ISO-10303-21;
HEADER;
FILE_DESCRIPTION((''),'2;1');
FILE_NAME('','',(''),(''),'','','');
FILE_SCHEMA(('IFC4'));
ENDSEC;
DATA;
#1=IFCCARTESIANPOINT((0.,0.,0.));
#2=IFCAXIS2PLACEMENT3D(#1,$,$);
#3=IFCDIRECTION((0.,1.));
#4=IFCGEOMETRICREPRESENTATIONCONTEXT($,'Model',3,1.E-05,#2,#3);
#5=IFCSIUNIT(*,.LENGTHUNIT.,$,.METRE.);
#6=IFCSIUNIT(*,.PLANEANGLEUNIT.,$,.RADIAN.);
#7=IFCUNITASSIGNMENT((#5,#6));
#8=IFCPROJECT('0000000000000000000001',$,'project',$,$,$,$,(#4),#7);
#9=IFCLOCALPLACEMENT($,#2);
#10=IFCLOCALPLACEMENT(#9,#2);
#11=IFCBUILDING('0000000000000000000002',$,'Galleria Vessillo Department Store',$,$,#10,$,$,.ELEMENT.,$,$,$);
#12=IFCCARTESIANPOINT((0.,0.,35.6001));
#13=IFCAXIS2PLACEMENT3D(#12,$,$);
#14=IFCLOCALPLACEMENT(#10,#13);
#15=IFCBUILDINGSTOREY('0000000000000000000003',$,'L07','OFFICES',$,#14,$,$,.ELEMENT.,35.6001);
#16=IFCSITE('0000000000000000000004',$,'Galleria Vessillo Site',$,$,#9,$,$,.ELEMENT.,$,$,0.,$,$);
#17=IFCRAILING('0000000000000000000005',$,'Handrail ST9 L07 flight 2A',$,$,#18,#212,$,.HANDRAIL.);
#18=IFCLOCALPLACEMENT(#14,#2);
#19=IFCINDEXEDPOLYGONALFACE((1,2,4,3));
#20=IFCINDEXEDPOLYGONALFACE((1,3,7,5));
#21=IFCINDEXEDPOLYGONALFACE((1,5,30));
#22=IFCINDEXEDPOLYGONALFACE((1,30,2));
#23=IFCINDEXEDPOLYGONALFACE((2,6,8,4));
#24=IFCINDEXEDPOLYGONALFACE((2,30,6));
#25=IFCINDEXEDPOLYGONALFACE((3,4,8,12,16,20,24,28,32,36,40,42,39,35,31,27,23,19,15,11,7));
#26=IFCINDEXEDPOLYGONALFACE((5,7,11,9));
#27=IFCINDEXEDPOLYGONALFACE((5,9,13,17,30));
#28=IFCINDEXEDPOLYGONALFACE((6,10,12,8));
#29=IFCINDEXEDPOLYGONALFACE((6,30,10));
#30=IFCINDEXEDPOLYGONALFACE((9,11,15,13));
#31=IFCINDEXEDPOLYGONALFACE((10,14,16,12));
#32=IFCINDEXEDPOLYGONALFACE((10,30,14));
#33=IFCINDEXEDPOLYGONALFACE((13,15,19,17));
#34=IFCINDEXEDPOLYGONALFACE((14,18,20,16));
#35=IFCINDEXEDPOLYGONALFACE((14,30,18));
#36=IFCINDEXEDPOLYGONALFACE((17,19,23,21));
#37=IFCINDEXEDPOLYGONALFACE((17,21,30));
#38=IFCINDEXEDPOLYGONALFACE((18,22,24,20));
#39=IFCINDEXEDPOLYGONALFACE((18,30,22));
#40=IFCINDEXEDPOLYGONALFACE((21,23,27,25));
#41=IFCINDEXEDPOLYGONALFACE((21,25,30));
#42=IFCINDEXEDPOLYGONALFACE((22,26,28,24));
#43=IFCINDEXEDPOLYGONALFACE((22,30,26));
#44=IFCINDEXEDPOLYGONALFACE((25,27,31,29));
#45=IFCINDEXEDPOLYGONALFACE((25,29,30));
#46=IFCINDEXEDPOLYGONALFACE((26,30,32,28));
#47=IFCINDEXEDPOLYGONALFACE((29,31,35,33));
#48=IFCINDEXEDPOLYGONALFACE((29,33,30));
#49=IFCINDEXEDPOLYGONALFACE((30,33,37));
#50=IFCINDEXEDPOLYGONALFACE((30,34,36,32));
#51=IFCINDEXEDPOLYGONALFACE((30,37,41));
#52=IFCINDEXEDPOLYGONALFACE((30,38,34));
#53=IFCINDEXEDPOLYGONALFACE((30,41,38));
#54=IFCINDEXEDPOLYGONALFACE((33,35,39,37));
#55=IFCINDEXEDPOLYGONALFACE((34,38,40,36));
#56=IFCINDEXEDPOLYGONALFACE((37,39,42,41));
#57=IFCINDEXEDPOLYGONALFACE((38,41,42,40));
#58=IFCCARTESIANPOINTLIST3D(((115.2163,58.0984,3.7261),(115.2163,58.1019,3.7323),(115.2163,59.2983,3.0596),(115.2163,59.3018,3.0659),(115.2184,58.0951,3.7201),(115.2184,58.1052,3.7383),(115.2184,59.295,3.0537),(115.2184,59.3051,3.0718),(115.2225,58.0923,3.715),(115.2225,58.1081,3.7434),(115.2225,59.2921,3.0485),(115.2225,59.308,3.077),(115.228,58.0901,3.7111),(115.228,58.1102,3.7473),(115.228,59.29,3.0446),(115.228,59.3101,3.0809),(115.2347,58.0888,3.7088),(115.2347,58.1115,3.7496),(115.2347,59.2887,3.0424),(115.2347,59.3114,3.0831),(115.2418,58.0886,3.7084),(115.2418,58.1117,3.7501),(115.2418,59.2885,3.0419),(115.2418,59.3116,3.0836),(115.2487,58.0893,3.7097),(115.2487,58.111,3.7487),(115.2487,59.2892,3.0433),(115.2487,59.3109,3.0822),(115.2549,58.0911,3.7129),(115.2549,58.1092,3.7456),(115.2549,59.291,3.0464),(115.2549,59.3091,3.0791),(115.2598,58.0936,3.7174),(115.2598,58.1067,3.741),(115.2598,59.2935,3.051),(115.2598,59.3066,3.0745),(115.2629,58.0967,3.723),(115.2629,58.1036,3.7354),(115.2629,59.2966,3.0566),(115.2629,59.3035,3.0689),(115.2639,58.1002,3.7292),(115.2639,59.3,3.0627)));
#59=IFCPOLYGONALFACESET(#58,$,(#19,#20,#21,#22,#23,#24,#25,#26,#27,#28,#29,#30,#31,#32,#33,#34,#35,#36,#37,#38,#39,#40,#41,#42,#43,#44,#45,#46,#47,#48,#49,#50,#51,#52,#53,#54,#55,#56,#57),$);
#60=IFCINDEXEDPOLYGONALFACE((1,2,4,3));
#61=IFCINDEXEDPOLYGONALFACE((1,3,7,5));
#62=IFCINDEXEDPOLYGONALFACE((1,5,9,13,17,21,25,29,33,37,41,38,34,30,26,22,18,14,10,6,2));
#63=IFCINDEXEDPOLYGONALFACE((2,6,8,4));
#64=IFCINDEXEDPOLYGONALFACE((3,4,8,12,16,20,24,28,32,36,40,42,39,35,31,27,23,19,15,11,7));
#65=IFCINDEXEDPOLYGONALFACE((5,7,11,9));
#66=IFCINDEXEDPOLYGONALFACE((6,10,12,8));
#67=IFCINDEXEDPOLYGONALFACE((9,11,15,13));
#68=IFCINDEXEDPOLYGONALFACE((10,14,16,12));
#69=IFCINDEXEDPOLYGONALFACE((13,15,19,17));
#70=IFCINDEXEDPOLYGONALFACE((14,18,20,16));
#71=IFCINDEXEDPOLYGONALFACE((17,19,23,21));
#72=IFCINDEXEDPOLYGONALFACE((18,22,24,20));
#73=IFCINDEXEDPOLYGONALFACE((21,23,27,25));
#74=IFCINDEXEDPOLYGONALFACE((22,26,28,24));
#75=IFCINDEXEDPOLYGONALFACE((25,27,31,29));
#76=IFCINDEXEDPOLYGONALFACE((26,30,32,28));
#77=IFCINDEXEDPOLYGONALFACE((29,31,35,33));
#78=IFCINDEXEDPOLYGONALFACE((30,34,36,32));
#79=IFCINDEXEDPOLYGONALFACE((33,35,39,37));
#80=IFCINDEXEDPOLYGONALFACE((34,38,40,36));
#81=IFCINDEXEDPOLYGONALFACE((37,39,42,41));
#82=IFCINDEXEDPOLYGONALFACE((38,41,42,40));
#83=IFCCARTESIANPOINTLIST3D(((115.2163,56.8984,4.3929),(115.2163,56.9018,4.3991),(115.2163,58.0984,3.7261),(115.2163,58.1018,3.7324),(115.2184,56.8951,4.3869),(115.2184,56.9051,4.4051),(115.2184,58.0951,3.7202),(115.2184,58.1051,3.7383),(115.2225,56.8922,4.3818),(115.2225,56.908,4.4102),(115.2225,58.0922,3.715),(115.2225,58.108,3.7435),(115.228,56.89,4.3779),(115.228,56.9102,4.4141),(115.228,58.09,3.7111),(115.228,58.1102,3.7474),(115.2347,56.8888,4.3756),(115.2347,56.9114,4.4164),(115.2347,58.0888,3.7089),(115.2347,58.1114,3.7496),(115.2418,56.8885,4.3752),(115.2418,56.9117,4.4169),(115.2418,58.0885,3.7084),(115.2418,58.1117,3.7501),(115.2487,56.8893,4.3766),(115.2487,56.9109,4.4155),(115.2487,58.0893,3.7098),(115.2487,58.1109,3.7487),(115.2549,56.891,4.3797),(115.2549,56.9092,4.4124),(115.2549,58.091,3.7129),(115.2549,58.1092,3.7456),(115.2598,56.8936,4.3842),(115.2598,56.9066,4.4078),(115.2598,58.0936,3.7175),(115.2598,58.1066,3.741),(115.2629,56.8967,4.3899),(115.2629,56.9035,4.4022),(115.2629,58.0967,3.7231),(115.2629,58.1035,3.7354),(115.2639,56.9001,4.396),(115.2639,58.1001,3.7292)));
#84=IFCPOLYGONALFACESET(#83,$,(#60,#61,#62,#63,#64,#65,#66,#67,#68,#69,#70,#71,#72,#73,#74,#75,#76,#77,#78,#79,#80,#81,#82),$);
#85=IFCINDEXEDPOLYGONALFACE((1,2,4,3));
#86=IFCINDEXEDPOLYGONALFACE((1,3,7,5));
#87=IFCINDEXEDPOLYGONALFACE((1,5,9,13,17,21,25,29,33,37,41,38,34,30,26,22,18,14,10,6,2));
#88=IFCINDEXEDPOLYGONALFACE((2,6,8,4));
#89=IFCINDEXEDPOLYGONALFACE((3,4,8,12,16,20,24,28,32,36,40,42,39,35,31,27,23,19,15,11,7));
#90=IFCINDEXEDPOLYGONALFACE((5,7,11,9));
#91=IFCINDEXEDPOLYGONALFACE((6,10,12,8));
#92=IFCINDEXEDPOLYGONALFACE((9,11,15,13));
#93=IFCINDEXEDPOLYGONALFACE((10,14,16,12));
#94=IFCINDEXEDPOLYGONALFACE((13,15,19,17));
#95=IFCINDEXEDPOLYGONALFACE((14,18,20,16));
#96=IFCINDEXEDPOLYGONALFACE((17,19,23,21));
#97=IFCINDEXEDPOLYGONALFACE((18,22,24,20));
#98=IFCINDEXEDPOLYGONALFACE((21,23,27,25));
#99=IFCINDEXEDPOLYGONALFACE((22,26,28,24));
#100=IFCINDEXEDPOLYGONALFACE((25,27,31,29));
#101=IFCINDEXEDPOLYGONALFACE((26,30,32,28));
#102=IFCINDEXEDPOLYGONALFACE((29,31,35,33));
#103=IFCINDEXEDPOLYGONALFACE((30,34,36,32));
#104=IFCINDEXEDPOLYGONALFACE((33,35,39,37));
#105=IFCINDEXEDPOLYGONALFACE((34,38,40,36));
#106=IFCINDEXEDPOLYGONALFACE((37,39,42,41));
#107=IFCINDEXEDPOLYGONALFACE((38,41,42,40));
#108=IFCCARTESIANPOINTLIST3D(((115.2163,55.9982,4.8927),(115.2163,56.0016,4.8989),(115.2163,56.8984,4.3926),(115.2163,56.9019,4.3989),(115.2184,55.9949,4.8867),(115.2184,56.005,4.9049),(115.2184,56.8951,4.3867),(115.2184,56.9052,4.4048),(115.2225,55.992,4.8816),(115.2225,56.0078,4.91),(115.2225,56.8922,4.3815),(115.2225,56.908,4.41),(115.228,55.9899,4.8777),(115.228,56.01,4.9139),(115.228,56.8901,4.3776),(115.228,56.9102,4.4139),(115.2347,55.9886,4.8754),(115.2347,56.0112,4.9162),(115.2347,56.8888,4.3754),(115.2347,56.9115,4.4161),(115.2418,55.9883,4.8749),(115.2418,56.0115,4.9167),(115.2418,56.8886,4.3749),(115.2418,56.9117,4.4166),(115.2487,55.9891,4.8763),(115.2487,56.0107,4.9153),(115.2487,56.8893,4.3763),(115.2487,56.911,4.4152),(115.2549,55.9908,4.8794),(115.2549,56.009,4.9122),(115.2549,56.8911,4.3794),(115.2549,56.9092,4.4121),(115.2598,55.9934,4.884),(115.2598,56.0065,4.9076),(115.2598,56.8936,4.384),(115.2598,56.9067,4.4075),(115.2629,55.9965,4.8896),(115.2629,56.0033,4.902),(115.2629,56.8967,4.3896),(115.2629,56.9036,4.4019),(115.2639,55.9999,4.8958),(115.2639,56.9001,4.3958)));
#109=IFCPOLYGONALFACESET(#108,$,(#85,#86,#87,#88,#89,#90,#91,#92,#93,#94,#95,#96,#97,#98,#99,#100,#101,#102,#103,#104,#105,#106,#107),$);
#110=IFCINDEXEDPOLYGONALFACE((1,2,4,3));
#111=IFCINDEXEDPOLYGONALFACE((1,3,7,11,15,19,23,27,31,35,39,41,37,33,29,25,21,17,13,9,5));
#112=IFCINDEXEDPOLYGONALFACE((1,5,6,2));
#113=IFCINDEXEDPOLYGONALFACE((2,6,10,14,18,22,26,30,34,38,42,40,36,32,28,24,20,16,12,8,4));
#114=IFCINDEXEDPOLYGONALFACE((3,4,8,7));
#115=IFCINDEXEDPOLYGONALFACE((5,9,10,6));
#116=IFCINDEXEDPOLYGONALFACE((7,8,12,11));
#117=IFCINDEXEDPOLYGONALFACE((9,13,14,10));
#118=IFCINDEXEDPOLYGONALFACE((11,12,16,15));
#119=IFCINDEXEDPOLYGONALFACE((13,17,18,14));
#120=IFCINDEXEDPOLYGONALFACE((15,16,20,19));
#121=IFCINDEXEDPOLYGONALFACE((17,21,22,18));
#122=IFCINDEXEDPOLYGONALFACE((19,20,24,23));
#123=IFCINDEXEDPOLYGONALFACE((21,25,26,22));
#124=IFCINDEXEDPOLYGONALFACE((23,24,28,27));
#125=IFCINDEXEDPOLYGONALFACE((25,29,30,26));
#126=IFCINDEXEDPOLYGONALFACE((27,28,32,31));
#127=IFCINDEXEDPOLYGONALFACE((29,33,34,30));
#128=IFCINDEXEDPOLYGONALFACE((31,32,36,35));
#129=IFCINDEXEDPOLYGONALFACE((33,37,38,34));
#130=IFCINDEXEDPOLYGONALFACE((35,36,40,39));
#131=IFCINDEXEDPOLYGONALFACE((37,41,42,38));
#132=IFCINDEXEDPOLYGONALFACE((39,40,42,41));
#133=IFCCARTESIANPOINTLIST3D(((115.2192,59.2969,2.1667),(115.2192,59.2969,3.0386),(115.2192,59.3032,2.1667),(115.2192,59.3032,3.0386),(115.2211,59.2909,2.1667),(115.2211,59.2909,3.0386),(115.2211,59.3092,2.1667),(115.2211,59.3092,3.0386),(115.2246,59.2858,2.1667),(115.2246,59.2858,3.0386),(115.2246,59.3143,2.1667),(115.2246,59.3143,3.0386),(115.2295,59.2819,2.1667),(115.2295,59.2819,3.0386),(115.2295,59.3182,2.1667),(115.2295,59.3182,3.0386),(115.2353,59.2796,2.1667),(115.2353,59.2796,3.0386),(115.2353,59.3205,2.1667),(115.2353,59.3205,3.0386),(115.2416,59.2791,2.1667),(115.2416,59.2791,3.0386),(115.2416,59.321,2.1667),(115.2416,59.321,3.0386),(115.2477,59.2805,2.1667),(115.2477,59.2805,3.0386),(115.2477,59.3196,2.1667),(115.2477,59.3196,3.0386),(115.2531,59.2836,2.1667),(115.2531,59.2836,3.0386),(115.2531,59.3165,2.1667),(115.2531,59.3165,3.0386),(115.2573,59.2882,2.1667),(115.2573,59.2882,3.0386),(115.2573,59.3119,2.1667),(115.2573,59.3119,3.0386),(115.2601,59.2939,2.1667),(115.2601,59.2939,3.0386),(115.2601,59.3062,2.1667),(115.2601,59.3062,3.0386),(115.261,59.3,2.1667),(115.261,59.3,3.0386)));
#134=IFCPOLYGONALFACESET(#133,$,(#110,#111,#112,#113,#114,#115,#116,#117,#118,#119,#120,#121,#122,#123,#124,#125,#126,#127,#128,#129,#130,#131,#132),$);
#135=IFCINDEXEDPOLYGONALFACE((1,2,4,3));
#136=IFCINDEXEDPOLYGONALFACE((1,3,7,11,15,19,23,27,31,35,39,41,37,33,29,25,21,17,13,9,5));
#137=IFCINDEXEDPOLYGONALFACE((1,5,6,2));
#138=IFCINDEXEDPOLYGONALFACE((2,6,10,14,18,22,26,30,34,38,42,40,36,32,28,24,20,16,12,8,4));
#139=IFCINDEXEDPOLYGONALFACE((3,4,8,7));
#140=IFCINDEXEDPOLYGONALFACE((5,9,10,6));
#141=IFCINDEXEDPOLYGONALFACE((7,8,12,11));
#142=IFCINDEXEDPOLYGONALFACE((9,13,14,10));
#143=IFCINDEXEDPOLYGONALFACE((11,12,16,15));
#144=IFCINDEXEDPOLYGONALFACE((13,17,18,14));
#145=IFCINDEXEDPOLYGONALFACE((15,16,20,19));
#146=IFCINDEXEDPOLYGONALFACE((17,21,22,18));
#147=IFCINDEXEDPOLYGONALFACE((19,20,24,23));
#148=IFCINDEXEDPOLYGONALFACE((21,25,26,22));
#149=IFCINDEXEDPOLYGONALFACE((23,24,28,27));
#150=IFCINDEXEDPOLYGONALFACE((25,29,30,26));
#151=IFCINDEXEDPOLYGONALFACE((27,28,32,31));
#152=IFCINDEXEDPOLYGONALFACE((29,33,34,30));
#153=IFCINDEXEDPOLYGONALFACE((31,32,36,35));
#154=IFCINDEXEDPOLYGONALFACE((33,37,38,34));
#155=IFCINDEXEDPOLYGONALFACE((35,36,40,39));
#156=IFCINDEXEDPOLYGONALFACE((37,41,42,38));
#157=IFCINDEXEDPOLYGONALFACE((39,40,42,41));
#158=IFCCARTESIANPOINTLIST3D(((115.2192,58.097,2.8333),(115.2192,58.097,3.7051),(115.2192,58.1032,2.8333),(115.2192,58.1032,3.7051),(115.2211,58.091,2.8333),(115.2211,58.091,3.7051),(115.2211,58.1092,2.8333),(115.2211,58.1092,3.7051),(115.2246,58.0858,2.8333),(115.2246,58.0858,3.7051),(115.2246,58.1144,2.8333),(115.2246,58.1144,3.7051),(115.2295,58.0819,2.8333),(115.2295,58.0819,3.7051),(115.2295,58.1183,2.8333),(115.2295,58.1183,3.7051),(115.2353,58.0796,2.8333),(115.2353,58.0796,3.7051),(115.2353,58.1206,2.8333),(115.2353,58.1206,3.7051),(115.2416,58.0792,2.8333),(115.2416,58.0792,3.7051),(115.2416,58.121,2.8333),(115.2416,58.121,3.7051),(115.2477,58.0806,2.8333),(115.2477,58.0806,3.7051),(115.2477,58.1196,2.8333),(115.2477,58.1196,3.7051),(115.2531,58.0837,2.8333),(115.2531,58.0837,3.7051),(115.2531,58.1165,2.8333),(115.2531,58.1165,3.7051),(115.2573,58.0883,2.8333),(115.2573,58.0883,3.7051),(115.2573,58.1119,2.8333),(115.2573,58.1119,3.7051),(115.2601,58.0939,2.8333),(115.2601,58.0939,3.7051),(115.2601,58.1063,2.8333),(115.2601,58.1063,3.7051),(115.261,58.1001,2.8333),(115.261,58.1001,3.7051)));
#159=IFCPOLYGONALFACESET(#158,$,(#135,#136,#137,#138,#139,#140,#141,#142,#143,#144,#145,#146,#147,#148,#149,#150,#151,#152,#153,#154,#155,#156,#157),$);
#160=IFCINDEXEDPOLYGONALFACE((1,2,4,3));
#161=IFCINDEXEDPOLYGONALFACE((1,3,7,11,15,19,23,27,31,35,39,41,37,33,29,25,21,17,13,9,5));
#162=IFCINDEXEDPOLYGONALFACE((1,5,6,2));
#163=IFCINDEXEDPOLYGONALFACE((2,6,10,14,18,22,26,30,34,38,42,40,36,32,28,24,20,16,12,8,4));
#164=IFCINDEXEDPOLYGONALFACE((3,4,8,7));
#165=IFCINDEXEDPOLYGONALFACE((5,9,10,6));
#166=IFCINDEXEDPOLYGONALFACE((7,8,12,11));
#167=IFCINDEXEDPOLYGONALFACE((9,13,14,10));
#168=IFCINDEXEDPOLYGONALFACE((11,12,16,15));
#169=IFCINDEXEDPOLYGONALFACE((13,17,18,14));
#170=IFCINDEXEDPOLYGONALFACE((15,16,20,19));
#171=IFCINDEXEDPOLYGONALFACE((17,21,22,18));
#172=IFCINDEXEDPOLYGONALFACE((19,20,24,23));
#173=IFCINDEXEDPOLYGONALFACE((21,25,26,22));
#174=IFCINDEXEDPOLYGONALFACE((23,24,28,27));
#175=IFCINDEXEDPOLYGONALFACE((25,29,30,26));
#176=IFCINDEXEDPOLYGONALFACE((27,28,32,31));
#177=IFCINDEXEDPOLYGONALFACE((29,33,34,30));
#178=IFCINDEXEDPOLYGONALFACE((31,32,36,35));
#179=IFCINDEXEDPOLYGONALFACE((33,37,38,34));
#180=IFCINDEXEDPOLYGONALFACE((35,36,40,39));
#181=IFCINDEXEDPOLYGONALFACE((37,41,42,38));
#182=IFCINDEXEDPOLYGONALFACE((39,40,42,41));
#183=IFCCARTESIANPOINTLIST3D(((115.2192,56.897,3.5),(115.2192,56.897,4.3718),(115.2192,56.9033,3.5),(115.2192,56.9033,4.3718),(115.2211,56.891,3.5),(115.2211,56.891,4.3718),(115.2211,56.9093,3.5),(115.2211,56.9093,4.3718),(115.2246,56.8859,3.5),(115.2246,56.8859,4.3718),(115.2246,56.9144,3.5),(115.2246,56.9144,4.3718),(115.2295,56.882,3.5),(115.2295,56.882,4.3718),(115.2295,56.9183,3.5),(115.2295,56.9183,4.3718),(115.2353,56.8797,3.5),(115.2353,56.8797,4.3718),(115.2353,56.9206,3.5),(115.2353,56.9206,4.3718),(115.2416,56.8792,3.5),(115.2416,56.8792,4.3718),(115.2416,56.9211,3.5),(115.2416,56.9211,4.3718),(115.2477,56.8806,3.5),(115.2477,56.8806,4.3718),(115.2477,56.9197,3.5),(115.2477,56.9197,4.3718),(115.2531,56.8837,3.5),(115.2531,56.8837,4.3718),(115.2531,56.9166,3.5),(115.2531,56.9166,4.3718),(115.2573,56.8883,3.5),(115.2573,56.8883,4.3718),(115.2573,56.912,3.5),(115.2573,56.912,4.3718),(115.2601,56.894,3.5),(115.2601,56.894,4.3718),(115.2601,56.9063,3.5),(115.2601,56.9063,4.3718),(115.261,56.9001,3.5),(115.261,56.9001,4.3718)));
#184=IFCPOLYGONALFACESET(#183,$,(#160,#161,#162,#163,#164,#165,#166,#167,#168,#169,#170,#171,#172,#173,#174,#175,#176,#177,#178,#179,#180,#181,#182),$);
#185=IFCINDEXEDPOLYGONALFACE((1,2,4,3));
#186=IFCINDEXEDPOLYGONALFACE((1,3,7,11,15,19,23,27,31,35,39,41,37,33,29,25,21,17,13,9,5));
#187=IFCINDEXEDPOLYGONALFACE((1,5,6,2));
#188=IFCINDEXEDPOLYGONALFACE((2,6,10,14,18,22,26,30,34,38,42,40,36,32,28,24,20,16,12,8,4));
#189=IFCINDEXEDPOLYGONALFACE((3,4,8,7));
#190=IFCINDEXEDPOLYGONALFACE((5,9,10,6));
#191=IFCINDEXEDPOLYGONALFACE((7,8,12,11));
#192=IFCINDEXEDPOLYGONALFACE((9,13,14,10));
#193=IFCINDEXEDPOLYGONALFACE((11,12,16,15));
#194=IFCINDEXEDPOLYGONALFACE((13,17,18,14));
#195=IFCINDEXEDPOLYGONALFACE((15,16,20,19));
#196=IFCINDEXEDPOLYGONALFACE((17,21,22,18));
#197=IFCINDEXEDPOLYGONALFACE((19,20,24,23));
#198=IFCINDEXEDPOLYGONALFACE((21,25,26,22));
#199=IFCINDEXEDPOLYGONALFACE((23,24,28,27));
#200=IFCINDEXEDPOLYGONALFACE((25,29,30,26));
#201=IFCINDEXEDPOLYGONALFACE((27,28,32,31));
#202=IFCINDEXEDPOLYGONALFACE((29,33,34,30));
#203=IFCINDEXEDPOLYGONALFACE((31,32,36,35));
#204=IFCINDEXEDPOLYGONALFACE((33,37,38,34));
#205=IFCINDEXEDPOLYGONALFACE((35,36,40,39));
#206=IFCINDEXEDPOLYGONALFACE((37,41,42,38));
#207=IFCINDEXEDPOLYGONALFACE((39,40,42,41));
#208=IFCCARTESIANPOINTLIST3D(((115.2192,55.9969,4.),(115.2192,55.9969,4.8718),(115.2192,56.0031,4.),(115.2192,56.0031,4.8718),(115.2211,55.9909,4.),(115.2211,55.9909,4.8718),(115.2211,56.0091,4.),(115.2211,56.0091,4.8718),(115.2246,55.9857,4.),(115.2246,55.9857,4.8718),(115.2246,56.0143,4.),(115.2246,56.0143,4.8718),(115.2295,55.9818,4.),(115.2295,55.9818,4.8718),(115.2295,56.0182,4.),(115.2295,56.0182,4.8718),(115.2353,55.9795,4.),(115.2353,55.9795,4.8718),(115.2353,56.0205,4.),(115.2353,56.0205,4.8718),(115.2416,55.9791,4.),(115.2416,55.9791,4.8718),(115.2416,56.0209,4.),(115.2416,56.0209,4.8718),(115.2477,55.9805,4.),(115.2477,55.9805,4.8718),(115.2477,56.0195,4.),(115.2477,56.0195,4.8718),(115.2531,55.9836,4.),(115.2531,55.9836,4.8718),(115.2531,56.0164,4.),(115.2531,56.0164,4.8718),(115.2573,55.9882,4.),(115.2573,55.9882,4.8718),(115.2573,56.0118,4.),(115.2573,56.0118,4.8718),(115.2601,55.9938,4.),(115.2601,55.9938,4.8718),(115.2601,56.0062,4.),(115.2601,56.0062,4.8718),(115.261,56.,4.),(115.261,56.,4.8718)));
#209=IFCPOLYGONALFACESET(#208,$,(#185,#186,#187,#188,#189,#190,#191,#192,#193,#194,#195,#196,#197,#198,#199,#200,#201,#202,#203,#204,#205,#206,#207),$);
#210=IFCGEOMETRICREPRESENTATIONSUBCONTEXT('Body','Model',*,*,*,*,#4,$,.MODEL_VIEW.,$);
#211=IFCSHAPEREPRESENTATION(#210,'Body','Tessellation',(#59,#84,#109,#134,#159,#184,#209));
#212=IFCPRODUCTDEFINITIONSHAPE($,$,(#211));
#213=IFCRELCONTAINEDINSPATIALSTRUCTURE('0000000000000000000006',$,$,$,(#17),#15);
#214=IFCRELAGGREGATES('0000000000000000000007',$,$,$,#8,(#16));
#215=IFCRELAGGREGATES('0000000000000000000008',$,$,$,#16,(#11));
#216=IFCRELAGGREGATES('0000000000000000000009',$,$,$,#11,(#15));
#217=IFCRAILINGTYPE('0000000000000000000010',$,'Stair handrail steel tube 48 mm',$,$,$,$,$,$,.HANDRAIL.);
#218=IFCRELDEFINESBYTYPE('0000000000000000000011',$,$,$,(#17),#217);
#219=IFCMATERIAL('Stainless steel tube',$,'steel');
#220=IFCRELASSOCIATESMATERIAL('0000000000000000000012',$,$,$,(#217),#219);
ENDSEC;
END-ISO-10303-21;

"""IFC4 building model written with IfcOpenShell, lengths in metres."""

from ifc_helpers import new_model, si_unit, direction, frame, origin, origin_2d, place, context, subcontext, project, spatial, circle, extrude, material, type_object, element, save


model = new_model("IFC4")

# Units and contexts
model_context = context("Model", 3, precision=1e-05, world=origin(), true_north=direction((0.0, 1.0)))
body_context = subcontext(model_context, "Body", "Model", "MODEL_VIEW")
ifc_project = project(units=[si_unit("LENGTHUNIT", "METRE"), si_unit("PLANEANGLEUNIT", "RADIAN")], contexts=[model_context])

# Site, building, storey
site_placement = place(None, origin())
site = spatial("IfcSite", under=ifc_project, at=site_placement, Name="Galleria Vessillo Site", CompositionType="ELEMENT", RefElevation=0.0)
building_placement = place(site_placement, origin())
building = spatial("IfcBuilding", under=site, at=building_placement, Name="Galleria Vessillo Department Store", CompositionType="ELEMENT")
storey_placement = place(building_placement, frame((0.0, 0.0, 35.6001)))
storey = spatial("IfcBuildingStorey", under=building, at=storey_placement, Name="L07", Description="OFFICES", CompositionType="ELEMENT", Elevation=35.6001)

# Railing
ifc_material_1 = material(Name="Stainless steel tube", Category="steel")
railing_type = type_object("IfcRailingType", Name="Stair handrail steel tube 48 mm", PredefinedType="HANDRAIL", material=ifc_material_1)
for number, where, name in (
    (1, (115.24, 59.3, 2.1667), "Handrail ST9 L07 flight 2A"),
):
    element("IfcRailing", number, at=place(storey_placement, frame(where)), inside=storey, type_object=railing_type, Name=name, PredefinedType="HANDRAIL", context=body_context, shape_type="SweptSolid", body=[
        extrude(circle(Radius=0.0239, at=origin_2d()), frame((0.0, 0.0, 0.896), z_axis=(0.0, -0.874199, 0.485567), x_axis=(1.0, 0.0, 0.0)), (0.0, 0.0, 1.0), 1.3726),
        extrude(circle(Radius=0.0239, at=origin_2d()), frame((0.0, -1.2, 1.5625), z_axis=(0.0, -0.874124, 0.485703), x_axis=(1.0, 0.0, 0.0)), (0.0, 0.0, 1.0), 1.3728),
        extrude(circle(Radius=0.0239, at=origin_2d()), frame((0.0, -2.3999, 2.229), z_axis=(0.0, -0.874191, 0.485583), x_axis=(1.0, 0.0, 0.0)), (0.0, 0.0, 1.0), 1.0298),
        extrude(circle(Radius=0.021, at=origin_2d()), origin(), (0.0, 0.0, 1.0), 0.8718),
        extrude(circle(Radius=0.021, at=origin_2d()), frame((0.0, -1.2, 0.6665)), (0.0, 0.0, 1.0), 0.8718),
        extrude(circle(Radius=0.021, at=origin_2d()), frame((0.0, -2.3999, 1.3333)), (0.0, 0.0, 1.0), 0.8718),
        extrude(circle(Radius=0.021, at=origin_2d()), frame((0.0, -3.3, 1.8333)), (0.0, 0.0, 1.0), 0.8718),
    ])

save(model, "model.ifc")
